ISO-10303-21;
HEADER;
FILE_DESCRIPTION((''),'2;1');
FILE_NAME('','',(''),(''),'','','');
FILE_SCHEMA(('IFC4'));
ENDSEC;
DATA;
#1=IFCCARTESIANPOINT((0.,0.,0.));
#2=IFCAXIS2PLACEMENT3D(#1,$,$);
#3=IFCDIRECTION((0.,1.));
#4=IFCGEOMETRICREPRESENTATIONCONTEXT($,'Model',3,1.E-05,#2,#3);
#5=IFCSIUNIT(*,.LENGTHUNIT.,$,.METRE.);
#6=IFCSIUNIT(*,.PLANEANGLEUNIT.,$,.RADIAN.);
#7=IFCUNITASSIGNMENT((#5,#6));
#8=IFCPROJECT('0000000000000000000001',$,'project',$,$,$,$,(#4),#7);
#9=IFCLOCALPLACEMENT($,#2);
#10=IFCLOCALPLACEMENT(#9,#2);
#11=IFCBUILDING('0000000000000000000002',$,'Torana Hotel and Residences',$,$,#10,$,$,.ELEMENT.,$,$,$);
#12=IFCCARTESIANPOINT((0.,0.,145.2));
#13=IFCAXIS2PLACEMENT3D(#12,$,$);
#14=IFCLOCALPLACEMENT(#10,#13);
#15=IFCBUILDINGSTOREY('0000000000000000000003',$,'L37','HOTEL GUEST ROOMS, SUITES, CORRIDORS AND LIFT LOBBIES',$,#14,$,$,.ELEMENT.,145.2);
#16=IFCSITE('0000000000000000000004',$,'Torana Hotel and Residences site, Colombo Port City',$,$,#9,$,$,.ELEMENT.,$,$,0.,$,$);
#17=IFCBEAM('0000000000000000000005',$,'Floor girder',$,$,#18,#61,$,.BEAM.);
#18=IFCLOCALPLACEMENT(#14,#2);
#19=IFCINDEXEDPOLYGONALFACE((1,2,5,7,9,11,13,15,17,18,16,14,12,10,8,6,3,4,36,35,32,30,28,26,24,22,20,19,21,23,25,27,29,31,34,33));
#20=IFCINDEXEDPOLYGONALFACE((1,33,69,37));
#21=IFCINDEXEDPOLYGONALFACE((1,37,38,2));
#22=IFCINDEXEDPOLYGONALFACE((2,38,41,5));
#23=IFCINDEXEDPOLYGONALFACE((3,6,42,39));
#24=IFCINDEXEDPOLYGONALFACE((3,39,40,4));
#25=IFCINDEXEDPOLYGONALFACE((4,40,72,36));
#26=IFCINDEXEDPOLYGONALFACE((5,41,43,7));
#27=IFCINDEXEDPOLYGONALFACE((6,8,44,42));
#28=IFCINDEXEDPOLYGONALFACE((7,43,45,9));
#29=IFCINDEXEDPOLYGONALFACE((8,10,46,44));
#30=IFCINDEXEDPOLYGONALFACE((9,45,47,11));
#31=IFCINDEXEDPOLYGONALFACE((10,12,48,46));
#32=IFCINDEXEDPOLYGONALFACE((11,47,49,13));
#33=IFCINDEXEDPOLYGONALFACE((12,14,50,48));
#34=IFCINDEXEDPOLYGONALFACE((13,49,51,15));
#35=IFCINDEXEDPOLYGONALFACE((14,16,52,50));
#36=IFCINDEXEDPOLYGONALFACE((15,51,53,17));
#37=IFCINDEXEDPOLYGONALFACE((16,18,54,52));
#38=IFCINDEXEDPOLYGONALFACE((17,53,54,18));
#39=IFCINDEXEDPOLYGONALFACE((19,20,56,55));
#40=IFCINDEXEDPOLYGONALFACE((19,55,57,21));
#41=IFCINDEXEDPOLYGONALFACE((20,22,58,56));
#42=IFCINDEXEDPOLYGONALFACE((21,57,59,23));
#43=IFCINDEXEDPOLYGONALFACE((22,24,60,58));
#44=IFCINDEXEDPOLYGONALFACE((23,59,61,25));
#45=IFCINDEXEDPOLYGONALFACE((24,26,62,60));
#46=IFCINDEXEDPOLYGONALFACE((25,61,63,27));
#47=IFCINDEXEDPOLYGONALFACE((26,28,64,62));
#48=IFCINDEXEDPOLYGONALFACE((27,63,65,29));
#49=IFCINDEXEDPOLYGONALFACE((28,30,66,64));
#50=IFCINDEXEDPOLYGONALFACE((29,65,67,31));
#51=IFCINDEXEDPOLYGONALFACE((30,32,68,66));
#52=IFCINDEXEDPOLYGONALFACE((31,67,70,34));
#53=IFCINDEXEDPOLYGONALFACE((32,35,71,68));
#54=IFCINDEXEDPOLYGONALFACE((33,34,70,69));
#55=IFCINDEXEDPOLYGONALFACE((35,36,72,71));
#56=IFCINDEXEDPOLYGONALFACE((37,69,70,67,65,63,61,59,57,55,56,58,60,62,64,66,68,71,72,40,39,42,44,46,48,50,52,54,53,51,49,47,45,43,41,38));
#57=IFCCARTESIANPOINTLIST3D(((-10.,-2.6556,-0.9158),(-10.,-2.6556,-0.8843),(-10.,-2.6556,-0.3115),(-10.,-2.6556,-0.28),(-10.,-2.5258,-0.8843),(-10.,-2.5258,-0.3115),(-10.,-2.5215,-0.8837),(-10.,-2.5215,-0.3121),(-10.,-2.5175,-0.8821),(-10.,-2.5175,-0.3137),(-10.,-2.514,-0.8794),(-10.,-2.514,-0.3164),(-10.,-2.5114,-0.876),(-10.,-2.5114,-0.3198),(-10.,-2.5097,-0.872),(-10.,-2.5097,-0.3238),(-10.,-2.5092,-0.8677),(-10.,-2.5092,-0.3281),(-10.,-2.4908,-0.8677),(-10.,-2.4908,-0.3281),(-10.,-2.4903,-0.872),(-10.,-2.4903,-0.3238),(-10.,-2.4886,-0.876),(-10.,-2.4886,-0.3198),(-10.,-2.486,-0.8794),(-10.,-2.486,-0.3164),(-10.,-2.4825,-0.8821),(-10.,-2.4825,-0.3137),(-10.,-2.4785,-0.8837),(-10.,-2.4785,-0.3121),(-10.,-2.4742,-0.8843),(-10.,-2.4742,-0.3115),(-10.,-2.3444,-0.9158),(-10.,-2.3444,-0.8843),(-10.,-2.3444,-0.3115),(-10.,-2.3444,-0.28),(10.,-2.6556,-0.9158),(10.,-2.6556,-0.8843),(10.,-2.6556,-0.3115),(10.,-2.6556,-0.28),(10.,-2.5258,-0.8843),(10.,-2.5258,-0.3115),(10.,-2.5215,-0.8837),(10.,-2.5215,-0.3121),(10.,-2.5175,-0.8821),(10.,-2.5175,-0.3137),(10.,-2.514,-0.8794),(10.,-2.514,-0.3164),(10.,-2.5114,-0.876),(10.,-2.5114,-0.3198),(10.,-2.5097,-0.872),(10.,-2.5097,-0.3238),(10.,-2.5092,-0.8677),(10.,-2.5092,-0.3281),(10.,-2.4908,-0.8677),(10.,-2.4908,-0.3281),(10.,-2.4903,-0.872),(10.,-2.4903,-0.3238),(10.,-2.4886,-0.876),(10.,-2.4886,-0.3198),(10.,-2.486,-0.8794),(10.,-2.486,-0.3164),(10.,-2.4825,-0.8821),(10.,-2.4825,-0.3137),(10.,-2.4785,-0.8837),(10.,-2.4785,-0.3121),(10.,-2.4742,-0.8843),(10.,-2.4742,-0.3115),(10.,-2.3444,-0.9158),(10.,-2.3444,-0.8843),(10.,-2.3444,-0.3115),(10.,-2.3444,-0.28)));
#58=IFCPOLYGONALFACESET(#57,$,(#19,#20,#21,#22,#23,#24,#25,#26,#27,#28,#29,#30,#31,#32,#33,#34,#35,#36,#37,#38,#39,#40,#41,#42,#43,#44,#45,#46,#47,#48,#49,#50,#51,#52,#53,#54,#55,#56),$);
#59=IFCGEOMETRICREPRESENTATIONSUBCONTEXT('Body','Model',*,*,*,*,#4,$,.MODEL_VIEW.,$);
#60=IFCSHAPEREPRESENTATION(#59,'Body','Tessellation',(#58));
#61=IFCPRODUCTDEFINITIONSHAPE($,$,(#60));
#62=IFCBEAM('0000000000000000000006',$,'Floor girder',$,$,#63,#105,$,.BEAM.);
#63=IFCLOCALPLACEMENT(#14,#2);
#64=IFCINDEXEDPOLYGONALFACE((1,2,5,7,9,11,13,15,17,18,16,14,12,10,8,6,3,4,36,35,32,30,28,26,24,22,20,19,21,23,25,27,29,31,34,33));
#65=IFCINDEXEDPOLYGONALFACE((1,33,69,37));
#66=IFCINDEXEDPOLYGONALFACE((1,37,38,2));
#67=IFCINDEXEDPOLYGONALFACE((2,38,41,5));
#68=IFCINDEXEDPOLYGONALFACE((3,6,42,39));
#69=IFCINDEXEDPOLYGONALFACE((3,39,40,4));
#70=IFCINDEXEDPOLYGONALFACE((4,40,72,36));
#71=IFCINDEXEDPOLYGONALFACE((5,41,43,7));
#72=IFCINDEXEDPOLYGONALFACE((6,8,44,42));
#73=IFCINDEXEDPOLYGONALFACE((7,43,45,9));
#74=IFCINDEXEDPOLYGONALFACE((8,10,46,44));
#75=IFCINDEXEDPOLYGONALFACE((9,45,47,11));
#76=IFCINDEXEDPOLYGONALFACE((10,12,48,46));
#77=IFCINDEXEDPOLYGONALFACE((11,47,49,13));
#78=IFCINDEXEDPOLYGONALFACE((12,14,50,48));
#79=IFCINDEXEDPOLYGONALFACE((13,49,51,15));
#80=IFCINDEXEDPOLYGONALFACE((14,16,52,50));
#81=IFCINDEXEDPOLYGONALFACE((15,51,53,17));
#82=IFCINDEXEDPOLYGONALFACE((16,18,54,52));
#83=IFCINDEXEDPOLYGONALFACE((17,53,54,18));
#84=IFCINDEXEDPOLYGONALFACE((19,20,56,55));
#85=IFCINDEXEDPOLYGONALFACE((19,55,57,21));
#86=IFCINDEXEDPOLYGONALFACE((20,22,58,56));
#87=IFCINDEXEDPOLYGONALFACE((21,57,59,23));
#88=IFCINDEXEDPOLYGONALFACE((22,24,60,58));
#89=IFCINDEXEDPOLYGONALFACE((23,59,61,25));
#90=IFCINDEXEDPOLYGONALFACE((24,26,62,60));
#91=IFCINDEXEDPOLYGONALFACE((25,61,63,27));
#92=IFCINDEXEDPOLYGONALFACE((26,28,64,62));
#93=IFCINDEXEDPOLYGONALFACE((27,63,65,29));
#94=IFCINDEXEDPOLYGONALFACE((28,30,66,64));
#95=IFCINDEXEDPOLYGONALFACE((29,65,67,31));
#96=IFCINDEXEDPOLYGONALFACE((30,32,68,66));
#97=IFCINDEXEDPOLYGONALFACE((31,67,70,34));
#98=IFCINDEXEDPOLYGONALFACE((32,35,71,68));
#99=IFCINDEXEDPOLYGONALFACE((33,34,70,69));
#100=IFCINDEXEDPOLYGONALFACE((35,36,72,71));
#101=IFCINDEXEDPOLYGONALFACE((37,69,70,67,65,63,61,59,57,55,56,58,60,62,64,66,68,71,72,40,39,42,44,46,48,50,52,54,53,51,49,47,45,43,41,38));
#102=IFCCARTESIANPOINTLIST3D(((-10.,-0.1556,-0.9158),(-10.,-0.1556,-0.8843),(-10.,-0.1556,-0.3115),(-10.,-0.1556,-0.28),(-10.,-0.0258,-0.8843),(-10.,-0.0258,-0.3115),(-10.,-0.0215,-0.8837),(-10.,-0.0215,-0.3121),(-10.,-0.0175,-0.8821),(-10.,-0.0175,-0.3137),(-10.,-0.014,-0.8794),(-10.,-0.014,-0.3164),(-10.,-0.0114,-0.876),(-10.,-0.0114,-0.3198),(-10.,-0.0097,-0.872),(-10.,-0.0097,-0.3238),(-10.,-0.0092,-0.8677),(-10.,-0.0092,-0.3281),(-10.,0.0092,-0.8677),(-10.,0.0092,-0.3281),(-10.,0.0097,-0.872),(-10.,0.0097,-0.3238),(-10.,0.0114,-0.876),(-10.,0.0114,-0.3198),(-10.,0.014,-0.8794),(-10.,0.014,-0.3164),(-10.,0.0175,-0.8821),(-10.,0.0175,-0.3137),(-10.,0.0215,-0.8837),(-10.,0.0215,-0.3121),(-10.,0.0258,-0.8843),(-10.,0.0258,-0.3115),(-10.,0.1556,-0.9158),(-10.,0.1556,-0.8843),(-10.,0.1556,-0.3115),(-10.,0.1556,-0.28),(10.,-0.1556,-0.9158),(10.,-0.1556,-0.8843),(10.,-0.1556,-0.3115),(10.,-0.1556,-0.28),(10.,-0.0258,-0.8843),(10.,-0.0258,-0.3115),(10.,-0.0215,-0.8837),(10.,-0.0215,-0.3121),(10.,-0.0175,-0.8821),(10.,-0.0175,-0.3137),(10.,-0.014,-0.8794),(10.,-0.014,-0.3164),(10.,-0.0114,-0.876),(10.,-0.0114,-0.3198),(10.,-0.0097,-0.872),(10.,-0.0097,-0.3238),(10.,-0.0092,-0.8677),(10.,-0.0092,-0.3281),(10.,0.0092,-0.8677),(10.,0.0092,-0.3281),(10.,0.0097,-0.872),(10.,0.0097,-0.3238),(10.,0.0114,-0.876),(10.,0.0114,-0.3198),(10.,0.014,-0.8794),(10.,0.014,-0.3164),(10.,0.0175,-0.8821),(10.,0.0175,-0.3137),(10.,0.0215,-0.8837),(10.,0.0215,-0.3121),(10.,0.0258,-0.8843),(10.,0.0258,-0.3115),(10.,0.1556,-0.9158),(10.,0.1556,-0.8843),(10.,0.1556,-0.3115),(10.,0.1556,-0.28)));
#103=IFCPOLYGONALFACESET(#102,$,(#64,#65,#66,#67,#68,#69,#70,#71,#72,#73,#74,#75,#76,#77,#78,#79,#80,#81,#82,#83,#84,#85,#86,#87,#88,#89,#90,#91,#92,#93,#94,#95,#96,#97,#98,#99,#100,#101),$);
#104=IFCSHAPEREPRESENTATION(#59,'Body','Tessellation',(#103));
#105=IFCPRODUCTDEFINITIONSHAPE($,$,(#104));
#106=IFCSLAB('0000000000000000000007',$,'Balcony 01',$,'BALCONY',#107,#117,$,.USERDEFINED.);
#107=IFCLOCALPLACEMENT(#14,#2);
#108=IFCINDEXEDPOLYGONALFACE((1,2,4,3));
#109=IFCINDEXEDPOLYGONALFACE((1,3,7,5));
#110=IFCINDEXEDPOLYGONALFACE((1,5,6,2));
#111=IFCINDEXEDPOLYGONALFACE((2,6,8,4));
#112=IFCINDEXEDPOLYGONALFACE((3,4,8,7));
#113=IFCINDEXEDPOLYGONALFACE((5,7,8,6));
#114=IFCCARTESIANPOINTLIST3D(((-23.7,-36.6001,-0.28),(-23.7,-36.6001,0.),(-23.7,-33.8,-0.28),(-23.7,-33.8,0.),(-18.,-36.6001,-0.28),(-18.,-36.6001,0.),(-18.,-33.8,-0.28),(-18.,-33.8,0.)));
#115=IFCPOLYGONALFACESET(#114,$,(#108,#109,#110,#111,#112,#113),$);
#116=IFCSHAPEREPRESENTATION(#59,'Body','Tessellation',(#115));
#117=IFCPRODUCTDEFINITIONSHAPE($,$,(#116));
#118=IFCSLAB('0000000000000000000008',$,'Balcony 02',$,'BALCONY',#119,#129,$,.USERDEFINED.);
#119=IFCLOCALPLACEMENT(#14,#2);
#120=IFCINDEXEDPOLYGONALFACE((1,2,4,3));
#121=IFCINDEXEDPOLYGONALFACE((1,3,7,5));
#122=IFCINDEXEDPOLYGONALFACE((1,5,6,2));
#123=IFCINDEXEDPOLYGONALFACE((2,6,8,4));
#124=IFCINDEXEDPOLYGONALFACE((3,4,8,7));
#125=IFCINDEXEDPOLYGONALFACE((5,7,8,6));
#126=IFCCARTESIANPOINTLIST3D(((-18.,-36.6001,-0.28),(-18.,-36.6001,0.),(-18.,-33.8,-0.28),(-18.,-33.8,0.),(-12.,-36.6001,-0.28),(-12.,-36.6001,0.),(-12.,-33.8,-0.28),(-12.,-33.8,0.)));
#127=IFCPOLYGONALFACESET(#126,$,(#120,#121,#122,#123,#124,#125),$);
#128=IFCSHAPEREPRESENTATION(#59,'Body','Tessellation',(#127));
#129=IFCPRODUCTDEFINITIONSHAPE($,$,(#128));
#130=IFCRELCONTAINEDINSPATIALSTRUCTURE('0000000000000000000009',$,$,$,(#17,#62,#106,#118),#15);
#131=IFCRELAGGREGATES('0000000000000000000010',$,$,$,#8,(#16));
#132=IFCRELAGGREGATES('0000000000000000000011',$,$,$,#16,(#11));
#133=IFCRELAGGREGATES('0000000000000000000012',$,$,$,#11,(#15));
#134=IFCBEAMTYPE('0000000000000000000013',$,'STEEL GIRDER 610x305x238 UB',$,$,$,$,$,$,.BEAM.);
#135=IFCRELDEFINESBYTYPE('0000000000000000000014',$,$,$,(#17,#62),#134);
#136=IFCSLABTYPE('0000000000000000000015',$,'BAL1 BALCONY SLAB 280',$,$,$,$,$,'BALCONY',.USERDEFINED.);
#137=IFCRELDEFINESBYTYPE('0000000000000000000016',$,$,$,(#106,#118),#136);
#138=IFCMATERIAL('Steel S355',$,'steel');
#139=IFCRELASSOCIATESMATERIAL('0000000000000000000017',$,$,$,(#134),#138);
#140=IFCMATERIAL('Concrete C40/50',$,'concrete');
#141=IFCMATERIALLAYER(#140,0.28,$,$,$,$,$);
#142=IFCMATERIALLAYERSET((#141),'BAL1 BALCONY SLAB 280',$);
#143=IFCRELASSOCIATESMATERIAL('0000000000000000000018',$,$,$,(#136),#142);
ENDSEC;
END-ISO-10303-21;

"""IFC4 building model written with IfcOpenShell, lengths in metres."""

from ifc_helpers import new_model, si_unit, direction, frame, origin, origin_2d, place, context, subcontext, project, spatial, polyline, i_section, outline, extrude, material, layer, layer_set, material_profile, profile_set, type_object, element, save


model = new_model("IFC4")

# Units and contexts
model_context = context("Model", 3, precision=1e-05, world=origin(), true_north=direction((0.0, 1.0)))
body_context = subcontext(model_context, "Body", "Model", "MODEL_VIEW")
ifc_project = project(units=[si_unit("LENGTHUNIT", "METRE"), si_unit("PLANEANGLEUNIT", "RADIAN")], contexts=[model_context])

# Site, building, storey
site_placement = place(None, origin())
site = spatial("IfcSite", under=ifc_project, at=site_placement, Name="Torana Hotel and Residences site, Colombo Port City", CompositionType="ELEMENT", RefElevation=0.0)
building_placement = place(site_placement, origin())
building = spatial("IfcBuilding", under=site, at=building_placement, Name="Torana Hotel and Residences", CompositionType="ELEMENT")
storey_placement = place(building_placement, frame((0.0, 0.0, 145.2)))
storey = spatial("IfcBuildingStorey", under=building, at=storey_placement, Name="L37", Description="HOTEL GUEST ROOMS, SUITES, CORRIDORS AND LIFT LOBBIES", CompositionType="ELEMENT", Elevation=145.2)

# Beams
ifc_material_1 = material(Name="Steel S355", Category="steel")
ifc_material_profile = material_profile(ifc_material_1, i_section(OverallWidth=0.3113, OverallDepth=0.6357, WebThickness=0.0183, FlangeThickness=0.0315, FilletRadius=0.0166, at=origin_2d()), Name="610x305x238 UB")
ifc_profile_set = profile_set([ifc_material_profile], Name="Steel S355")
beam_type = type_object("IfcBeamType", Name="STEEL GIRDER 610x305x238 UB", PredefinedType="BEAM", material=ifc_profile_set)
for number, where, z_axis, x_axis, name in (
    (1, (-10.0, -2.5, -0.5979), (1.0, 0.0, 0.0), (0.0, 1.0, 0.0), "Floor girder"),
    (2, (-10.0, 0.0, -0.5979), (1.0, 0.0, 0.0), (0.0, 1.0, 0.0), "Floor girder"),
):
    element("IfcBeam", number, at=place(storey_placement, frame(where, z_axis=z_axis, x_axis=x_axis)), inside=storey, type_object=beam_type, Name=name, PredefinedType="BEAM", context=body_context, shape_type="SweptSolid", body=[
        extrude(i_section(OverallWidth=0.3113, OverallDepth=0.6357, WebThickness=0.0183, FlangeThickness=0.0315, FilletRadius=0.0166, at=origin_2d()), origin(), (0.0, 0.0, 1.0), 20.0),
    ])

# Slabs
ifc_material_2 = material(Name="Concrete C40/50", Category="concrete")
ifc_layer_1 = layer(ifc_material_2, 0.28)
ifc_layer_set_1 = layer_set([ifc_layer_1], Name="BAL1 BALCONY SLAB 280")
slab_type_1 = type_object("IfcSlabType", Name="BAL1 BALCONY SLAB 280", ElementType="BALCONY", PredefinedType="USERDEFINED", material=ifc_layer_set_1)
slab_1_placement = place(storey_placement, frame((0.0, 0.0, -0.28)))
element("IfcSlab", 3, at=slab_1_placement, inside=storey, type_object=slab_type_1, Name="Balcony 01", ObjectType="BALCONY", PredefinedType="USERDEFINED", context=body_context, shape_type="SweptSolid", body=[
    extrude(outline(polyline([(-23.7, -36.6001), (-18.0, -36.6001), (-18.0, -33.8), (-23.7, -33.8), (-23.7, -36.6001)])), origin(), (0.0, 0.0, 1.0), 0.28),
])
slab_2_placement = place(storey_placement, frame((0.0, 0.0, -0.28)))
element("IfcSlab", 4, at=slab_2_placement, inside=storey, type_object=slab_type_1, Name="Balcony 02", ObjectType="BALCONY", PredefinedType="USERDEFINED", context=body_context, shape_type="SweptSolid", body=[
    extrude(outline(polyline([(-18.0, -36.6001), (-12.0, -36.6001), (-12.0, -33.8), (-18.0, -33.8), (-18.0, -36.6001)])), origin(), (0.0, 0.0, 1.0), 0.28),
])

save(model, "model.ifc")
